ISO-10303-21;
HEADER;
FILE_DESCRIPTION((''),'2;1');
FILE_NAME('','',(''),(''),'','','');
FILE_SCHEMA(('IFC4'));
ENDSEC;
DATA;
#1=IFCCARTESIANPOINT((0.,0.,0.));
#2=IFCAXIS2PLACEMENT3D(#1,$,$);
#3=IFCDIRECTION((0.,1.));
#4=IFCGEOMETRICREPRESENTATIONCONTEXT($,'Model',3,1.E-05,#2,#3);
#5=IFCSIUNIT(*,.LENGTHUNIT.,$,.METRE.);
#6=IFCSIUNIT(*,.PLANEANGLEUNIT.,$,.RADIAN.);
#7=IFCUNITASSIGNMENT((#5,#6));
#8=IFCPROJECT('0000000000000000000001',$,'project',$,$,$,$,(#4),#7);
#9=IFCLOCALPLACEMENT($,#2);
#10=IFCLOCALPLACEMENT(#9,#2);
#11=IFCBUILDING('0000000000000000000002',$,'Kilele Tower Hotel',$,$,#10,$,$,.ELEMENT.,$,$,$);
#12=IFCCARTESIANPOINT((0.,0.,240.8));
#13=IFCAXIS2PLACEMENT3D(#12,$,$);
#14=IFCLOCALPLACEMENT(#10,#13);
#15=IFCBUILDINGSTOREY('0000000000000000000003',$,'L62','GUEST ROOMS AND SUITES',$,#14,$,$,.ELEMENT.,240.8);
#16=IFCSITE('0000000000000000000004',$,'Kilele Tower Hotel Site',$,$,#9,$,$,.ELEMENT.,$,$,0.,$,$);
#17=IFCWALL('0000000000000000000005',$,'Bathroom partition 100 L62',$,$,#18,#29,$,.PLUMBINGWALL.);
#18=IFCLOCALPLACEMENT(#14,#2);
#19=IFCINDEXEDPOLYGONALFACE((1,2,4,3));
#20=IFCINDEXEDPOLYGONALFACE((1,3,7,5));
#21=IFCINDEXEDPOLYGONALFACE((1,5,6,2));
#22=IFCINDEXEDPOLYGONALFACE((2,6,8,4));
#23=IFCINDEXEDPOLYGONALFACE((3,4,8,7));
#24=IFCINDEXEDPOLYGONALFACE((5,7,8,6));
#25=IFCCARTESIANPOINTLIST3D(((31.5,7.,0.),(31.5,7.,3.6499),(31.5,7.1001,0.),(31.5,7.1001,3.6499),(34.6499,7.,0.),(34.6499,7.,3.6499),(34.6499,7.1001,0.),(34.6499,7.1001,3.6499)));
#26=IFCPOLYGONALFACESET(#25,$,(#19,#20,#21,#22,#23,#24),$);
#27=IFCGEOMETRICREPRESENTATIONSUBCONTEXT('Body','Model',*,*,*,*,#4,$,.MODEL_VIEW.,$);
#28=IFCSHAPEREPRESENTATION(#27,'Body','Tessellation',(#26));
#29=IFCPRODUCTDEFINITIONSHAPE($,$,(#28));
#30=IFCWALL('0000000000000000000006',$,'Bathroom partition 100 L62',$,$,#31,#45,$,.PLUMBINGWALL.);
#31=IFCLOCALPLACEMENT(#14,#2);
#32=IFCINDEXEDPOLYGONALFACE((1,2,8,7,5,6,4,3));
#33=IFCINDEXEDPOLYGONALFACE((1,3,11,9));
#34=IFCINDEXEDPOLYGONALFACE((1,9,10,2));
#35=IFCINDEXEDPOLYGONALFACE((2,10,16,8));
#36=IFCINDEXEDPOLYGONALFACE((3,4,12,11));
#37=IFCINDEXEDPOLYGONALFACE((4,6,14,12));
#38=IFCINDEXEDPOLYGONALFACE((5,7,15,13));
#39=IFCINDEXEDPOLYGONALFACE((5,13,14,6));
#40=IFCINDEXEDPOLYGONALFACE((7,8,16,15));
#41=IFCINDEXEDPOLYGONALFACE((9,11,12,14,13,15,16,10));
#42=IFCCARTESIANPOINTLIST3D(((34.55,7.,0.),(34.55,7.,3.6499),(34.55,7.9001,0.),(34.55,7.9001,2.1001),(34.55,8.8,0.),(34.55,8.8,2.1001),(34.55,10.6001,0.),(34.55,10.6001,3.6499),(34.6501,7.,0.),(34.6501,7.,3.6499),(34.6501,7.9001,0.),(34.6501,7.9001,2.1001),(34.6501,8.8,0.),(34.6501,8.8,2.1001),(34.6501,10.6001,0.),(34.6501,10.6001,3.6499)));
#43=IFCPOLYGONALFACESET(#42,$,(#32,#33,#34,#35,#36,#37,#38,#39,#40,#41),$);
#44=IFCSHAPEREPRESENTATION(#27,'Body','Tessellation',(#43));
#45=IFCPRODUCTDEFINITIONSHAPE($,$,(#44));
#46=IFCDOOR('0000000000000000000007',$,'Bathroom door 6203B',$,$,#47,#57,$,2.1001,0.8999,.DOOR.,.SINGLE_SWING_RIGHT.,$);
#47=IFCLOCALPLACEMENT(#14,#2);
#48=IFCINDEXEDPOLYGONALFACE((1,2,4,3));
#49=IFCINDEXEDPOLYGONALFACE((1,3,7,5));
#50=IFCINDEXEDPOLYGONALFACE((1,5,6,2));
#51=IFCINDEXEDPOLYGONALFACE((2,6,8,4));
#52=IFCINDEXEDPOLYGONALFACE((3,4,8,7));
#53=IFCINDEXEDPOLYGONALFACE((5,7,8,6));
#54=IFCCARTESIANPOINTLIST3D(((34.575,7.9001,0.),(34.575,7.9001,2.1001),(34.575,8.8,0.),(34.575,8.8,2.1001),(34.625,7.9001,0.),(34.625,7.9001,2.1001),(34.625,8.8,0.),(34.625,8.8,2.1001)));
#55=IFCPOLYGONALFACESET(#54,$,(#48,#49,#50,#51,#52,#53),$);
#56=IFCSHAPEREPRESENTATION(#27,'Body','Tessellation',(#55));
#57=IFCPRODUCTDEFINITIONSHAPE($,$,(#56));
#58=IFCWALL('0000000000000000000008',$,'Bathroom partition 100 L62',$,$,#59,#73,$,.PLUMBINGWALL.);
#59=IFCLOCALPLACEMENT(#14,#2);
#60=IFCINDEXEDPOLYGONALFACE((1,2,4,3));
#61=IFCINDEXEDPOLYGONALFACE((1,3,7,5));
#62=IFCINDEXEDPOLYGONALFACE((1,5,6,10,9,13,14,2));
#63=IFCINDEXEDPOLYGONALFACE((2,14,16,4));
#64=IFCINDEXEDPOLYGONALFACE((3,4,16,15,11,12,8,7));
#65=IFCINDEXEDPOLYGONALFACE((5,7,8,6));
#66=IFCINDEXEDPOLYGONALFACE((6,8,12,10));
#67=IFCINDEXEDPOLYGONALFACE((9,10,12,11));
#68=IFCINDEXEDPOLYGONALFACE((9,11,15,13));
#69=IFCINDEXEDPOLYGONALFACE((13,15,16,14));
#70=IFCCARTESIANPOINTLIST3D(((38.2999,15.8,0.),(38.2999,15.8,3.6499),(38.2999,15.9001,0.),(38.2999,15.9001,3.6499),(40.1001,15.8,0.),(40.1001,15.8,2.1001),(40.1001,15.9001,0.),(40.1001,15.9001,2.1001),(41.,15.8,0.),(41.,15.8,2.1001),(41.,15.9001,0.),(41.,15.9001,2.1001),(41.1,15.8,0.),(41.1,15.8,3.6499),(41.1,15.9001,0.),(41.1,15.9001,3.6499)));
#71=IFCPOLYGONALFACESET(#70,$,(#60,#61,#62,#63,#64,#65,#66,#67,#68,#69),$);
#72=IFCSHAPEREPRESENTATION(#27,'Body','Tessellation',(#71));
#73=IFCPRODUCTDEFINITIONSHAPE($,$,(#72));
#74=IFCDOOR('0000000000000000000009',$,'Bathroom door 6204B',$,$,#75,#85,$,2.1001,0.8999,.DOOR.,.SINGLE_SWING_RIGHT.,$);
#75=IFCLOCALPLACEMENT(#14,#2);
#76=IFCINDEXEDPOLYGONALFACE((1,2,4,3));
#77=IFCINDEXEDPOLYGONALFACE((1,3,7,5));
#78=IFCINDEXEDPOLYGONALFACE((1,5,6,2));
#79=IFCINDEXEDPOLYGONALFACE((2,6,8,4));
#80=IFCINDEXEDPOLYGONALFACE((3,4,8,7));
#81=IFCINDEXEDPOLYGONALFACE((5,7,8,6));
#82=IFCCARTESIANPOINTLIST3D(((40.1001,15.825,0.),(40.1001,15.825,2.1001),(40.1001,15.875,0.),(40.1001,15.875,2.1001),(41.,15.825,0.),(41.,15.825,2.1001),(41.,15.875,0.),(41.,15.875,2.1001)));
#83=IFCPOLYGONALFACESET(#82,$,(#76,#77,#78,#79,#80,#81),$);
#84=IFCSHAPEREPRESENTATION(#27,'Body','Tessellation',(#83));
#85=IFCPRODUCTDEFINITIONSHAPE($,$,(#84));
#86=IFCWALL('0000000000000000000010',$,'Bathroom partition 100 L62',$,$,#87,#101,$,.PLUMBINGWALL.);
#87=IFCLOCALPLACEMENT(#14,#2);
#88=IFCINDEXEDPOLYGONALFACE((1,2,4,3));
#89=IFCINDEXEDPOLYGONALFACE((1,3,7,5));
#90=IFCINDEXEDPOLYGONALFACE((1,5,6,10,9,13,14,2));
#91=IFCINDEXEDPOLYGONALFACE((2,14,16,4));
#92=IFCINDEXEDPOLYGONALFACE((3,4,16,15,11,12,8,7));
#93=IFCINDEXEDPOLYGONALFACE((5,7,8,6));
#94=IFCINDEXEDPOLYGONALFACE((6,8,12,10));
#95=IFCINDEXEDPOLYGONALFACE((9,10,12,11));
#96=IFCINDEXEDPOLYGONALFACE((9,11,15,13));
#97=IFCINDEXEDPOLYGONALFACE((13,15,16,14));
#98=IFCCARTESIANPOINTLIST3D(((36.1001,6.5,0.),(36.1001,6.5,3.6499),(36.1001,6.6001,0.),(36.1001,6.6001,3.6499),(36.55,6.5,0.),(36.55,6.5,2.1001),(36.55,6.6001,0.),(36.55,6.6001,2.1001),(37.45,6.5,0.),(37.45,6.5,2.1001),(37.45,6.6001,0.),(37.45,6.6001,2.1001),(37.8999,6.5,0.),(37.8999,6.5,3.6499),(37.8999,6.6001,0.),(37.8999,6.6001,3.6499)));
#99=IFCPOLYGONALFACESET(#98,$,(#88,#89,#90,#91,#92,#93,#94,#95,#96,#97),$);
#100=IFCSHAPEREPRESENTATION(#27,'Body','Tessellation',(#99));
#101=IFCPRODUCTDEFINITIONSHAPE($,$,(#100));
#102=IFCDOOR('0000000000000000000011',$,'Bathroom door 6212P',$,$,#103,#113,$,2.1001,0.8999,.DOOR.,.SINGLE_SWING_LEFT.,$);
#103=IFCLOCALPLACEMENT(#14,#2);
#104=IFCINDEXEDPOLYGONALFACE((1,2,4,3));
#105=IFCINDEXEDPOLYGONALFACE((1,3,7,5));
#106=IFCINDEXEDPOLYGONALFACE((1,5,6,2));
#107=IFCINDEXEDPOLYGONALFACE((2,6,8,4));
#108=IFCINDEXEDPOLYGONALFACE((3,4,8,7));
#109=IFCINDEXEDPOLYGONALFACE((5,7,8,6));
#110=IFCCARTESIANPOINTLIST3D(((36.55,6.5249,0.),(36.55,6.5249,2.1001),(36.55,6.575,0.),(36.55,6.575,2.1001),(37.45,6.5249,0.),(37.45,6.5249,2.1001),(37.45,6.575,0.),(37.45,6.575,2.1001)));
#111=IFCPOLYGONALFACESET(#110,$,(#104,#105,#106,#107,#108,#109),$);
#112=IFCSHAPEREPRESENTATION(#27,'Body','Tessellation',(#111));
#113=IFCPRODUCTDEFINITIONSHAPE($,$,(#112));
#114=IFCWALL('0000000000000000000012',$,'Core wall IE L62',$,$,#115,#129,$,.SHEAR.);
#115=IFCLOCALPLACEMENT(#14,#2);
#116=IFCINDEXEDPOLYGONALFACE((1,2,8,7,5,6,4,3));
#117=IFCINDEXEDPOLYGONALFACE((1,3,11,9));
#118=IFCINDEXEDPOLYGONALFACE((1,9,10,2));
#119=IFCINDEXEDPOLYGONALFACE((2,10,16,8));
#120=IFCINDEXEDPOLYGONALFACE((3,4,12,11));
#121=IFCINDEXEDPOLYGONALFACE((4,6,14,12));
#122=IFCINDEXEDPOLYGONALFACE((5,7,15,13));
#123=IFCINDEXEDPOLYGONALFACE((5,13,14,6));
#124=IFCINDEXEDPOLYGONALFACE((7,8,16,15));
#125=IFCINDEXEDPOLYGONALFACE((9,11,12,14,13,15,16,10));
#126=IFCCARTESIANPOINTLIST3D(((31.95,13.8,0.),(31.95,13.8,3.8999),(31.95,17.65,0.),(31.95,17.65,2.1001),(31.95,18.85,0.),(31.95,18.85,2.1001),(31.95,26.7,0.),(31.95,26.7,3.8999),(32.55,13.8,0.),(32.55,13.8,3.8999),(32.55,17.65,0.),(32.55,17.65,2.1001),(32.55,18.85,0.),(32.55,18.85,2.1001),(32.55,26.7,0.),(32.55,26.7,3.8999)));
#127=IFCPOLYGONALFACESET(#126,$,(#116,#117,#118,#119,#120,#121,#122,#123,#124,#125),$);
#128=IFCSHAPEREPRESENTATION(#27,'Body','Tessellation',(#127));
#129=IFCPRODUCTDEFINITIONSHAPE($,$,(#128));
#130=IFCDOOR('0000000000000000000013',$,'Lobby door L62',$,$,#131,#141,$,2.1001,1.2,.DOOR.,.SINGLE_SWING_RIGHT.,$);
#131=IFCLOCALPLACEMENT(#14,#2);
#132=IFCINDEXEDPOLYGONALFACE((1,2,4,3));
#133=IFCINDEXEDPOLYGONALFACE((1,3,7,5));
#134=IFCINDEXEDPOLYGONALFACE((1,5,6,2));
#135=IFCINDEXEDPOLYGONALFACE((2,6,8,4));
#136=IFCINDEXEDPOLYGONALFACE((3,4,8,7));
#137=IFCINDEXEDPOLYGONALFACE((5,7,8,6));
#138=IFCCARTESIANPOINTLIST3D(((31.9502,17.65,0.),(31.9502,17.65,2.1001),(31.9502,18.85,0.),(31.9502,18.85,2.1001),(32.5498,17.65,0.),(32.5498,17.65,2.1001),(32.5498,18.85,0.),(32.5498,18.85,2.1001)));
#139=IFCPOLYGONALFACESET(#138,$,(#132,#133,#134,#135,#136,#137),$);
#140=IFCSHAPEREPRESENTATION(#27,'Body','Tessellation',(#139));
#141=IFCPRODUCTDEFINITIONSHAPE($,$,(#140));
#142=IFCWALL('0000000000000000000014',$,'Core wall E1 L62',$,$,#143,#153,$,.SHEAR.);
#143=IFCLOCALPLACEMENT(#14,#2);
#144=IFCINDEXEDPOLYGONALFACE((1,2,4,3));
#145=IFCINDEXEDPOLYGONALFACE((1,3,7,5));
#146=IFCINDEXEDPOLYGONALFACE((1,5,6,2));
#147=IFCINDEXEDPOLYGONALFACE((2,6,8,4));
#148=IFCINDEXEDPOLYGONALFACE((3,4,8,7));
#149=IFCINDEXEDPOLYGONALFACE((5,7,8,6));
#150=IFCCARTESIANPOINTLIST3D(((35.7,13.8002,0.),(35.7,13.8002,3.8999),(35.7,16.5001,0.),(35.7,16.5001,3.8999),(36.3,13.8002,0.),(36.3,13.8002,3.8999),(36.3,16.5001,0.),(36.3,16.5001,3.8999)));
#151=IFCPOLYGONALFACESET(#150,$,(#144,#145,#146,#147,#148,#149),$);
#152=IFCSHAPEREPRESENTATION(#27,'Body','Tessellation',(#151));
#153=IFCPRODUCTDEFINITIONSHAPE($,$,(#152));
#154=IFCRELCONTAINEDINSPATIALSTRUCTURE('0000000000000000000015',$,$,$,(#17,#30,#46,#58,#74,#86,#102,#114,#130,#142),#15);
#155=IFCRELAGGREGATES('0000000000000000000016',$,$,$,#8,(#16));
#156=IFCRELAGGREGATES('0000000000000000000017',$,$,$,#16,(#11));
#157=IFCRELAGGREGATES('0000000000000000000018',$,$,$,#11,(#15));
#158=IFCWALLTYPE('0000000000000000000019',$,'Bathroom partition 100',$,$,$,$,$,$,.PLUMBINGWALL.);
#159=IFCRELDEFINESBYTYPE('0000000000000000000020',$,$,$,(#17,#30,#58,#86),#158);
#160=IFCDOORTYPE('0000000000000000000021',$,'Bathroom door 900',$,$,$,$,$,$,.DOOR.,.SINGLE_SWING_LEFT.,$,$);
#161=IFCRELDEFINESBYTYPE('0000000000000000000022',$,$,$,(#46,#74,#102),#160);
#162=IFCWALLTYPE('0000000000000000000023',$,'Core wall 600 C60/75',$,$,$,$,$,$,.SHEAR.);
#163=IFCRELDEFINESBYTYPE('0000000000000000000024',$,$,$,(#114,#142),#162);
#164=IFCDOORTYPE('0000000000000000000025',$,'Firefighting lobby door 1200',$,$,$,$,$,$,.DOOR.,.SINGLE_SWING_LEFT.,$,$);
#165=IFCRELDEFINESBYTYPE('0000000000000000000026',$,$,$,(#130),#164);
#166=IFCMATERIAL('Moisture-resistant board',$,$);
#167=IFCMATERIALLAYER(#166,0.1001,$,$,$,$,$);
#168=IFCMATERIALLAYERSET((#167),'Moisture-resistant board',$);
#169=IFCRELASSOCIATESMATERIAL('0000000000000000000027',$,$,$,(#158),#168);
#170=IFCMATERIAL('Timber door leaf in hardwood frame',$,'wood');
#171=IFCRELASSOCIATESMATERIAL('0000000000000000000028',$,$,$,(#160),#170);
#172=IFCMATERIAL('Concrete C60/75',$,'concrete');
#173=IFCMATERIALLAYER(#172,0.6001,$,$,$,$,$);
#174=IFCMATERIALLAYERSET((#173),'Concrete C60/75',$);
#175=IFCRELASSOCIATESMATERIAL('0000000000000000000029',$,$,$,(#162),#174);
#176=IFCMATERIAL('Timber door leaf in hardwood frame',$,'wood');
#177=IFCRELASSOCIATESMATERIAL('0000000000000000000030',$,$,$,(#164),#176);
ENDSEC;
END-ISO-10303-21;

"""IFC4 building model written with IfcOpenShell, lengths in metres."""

from ifc_helpers import new_model, si_unit, direction, frame, frame_2d, origin, place, context, subcontext, project, spatial, rectangle, extrude, material, layer, layer_set, type_object, element, fill, save


model = new_model("IFC4")

# Units and contexts
model_context = context("Model", 3, precision=1e-05, world=origin(), true_north=direction((0.0, 1.0)))
body_context = subcontext(model_context, "Body", "Model", "MODEL_VIEW")
ifc_project = project(units=[si_unit("LENGTHUNIT", "METRE"), si_unit("PLANEANGLEUNIT", "RADIAN")], contexts=[model_context])

# Site, building, storey
site_placement = place(None, origin())
site = spatial("IfcSite", under=ifc_project, at=site_placement, Name="Kilele Tower Hotel Site", CompositionType="ELEMENT", RefElevation=0.0)
building_placement = place(site_placement, origin())
building = spatial("IfcBuilding", under=site, at=building_placement, Name="Kilele Tower Hotel", CompositionType="ELEMENT")
storey_placement = place(building_placement, frame((0.0, 0.0, 240.8)))
storey = spatial("IfcBuildingStorey", under=building, at=storey_placement, Name="L62", Description="GUEST ROOMS AND SUITES", CompositionType="ELEMENT", Elevation=240.8)

# Wall
ifc_material_1 = material(Name="Moisture-resistant board")
ifc_layer_1 = layer(ifc_material_1, 0.1001)
ifc_layer_set_1 = layer_set([ifc_layer_1], Name="Moisture-resistant board")
wall_type_1 = type_object("IfcWallType", Name="Bathroom partition 100", PredefinedType="PLUMBINGWALL", material=ifc_layer_set_1)
wall_1_placement = place(storey_placement, frame((31.5, 7.05, 0.0), z_axis=(0.0, 0.0, 1.0), x_axis=(1.0, 0.0, 0.0)))
element("IfcWall", 1, at=wall_1_placement, inside=storey, type_object=wall_type_1, Name="Bathroom partition 100 L62", PredefinedType="PLUMBINGWALL", context=body_context, shape_type="SweptSolid", body=[
    extrude(rectangle(XDim=3.1499, YDim=0.1001, at=frame_2d((1.575, 0.0))), origin(), (0.0, 0.0, 1.0), 3.6499),
])

# Walls, openings, doors
wall_2_placement = place(storey_placement, frame((34.6001, 10.6001, 0.0), z_axis=(0.0, 0.0, 1.0), x_axis=(0.0, -1.0, 0.0)))
wall_2 = element("IfcWall", 2, at=wall_2_placement, inside=storey, type_object=wall_type_1, Name="Bathroom partition 100 L62", PredefinedType="PLUMBINGWALL", context=body_context, shape_type="SweptSolid", body=[
    extrude(rectangle(XDim=3.6001, YDim=0.1001, at=frame_2d((1.8, 0.0))), origin(), (0.0, 0.0, 1.0), 3.6499),
])
opening_1_placement = place(wall_2_placement, frame((1.8, 0.0, 0.0)))
opening_1 = element("IfcOpeningElement", 3, at=opening_1_placement, cuts=wall_2, PredefinedType="OPENING", context=body_context, shape_type="SweptSolid", body=[
    extrude(rectangle(XDim=0.8999, YDim=2.1001, at=frame_2d((0.45, 1.05))), frame((0.0, 0.0601, 0.0), z_axis=(0.0, -1.0, 0.0), x_axis=(1.0, 0.0, 0.0)), (0.0, 0.0, 1.0), 0.1201),
])
ifc_material_2 = material(Name="Timber door leaf in hardwood frame", Category="wood")
door_type_1 = type_object("IfcDoorType", Name="Bathroom door 900", OperationType="SINGLE_SWING_LEFT", PredefinedType="DOOR", material=ifc_material_2)
door_1_placement = place(opening_1_placement, origin())
door_1 = element("IfcDoor", 4, at=door_1_placement, inside=storey, type_object=door_type_1, Name="Bathroom door 6203B", OperationType="SINGLE_SWING_RIGHT", OverallHeight=2.1001, OverallWidth=0.8999, PredefinedType="DOOR", context=body_context, shape_type="SweptSolid", body=[
    extrude(rectangle(XDim=0.8999, YDim=2.1001, at=frame_2d((0.45, 1.05))), frame((0.0, 0.0249, 0.0), z_axis=(0.0, -1.0, 0.0), x_axis=(1.0, 0.0, 0.0)), (0.0, 0.0, 1.0), 0.05),
])
fill(opening_1, door_1)
wall_3_placement = place(storey_placement, frame((38.3, 15.8501, 0.0), z_axis=(0.0, 0.0, 1.0), x_axis=(1.0, 0.0, 0.0)))
wall_3 = element("IfcWall", 5, at=wall_3_placement, inside=storey, type_object=wall_type_1, Name="Bathroom partition 100 L62", PredefinedType="PLUMBINGWALL", context=body_context, shape_type="SweptSolid", body=[
    extrude(rectangle(XDim=2.8, YDim=0.1001, at=frame_2d((1.3999, 0.0))), origin(), (0.0, 0.0, 1.0), 3.6499),
])
opening_2_placement = place(wall_3_placement, frame((1.8, 0.0, 0.0)))
opening_2 = element("IfcOpeningElement", 6, at=opening_2_placement, cuts=wall_3, PredefinedType="OPENING", context=body_context, shape_type="SweptSolid", body=[
    extrude(rectangle(XDim=0.8999, YDim=2.1001, at=frame_2d((0.45, 1.05))), frame((0.0, 0.0601, 0.0), z_axis=(0.0, -1.0, 0.0), x_axis=(1.0, 0.0, 0.0)), (0.0, 0.0, 1.0), 0.1201),
])
door_2_placement = place(opening_2_placement, origin())
door_2 = element("IfcDoor", 7, at=door_2_placement, inside=storey, type_object=door_type_1, Name="Bathroom door 6204B", OperationType="SINGLE_SWING_RIGHT", OverallHeight=2.1001, OverallWidth=0.8999, PredefinedType="DOOR", context=body_context, shape_type="SweptSolid", body=[
    extrude(rectangle(XDim=0.8999, YDim=2.1001, at=frame_2d((0.45, 1.05))), frame((0.0, 0.0249, 0.0), z_axis=(0.0, -1.0, 0.0), x_axis=(1.0, 0.0, 0.0)), (0.0, 0.0, 1.0), 0.05),
])
fill(opening_2, door_2)
wall_4_placement = place(storey_placement, frame((36.1001, 6.55, 0.0), z_axis=(0.0, 0.0, 1.0), x_axis=(1.0, 0.0, 0.0)))
wall_4 = element("IfcWall", 8, at=wall_4_placement, inside=storey, type_object=wall_type_1, Name="Bathroom partition 100 L62", PredefinedType="PLUMBINGWALL", context=body_context, shape_type="SweptSolid", body=[
    extrude(rectangle(XDim=1.7998, YDim=0.1001, at=frame_2d((0.8999, 0.0))), origin(), (0.0, 0.0, 1.0), 3.6499),
])
opening_3_placement = place(wall_4_placement, frame((0.45, 0.0, 0.0)))
opening_3 = element("IfcOpeningElement", 9, at=opening_3_placement, cuts=wall_4, PredefinedType="OPENING", context=body_context, shape_type="SweptSolid", body=[
    extrude(rectangle(XDim=0.8999, YDim=2.1001, at=frame_2d((0.45, 1.05))), frame((0.0, 0.0601, 0.0), z_axis=(0.0, -1.0, 0.0), x_axis=(1.0, 0.0, 0.0)), (0.0, 0.0, 1.0), 0.1201),
])
door_3_placement = place(opening_3_placement, origin())
door_3 = element("IfcDoor", 10, at=door_3_placement, inside=storey, type_object=door_type_1, Name="Bathroom door 6212P", OperationType="SINGLE_SWING_LEFT", OverallHeight=2.1001, OverallWidth=0.8999, PredefinedType="DOOR", context=body_context, shape_type="SweptSolid", body=[
    extrude(rectangle(XDim=0.8999, YDim=2.1001, at=frame_2d((0.45, 1.05))), frame((0.0, 0.0249, 0.0), z_axis=(0.0, -1.0, 0.0), x_axis=(1.0, 0.0, 0.0)), (0.0, 0.0, 1.0), 0.05),
])
fill(opening_3, door_3)
ifc_material_3 = material(Name="Concrete C60/75", Category="concrete")
ifc_layer_2 = layer(ifc_material_3, 0.6001)
ifc_layer_set_2 = layer_set([ifc_layer_2], Name="Concrete C60/75")
wall_type_2 = type_object("IfcWallType", Name="Core wall 600 C60/75", PredefinedType="SHEAR", material=ifc_layer_set_2)
wall_5_placement = place(storey_placement, frame((32.25, 13.8, 0.0), z_axis=(0.0, 0.0, 1.0), x_axis=(0.0, 1.0, 0.0)))
wall_5 = element("IfcWall", 11, at=wall_5_placement, inside=storey, type_object=wall_type_2, Name="Core wall IE L62", PredefinedType="SHEAR", context=body_context, shape_type="SweptSolid", body=[
    extrude(rectangle(XDim=12.8999, YDim=0.6001, at=frame_2d((6.45, 0.0))), origin(), (0.0, 0.0, 1.0), 3.8999),
])
opening_4_placement = place(wall_5_placement, frame((5.05, 0.0, 0.0), z_axis=(0.0, 0.0, 1.0), x_axis=(-1.0, 0.0, 0.0)))
opening_4 = element("IfcOpeningElement", 12, at=opening_4_placement, cuts=wall_5, PredefinedType="OPENING", context=body_context, shape_type="SweptSolid", body=[
    extrude(rectangle(XDim=1.2, YDim=2.1001, at=frame_2d((0.6001, 1.05))), frame((0.0, 0.3101, 0.0), z_axis=(0.0, -1.0, 0.0), x_axis=(1.0, 0.0, 0.0)), (0.0, 0.0, 1.0), 0.6201),
])
ifc_material_4 = material(Name="Timber door leaf in hardwood frame", Category="wood")
door_type_2 = type_object("IfcDoorType", Name="Firefighting lobby door 1200", OperationType="SINGLE_SWING_LEFT", PredefinedType="DOOR", material=ifc_material_4)
door_4_placement = place(opening_4_placement, origin())
door_4 = element("IfcDoor", 13, at=door_4_placement, inside=storey, type_object=door_type_2, Name="Lobby door L62", OperationType="SINGLE_SWING_RIGHT", OverallHeight=2.1001, OverallWidth=1.2, PredefinedType="DOOR", context=body_context, shape_type="SweptSolid", body=[
    extrude(rectangle(XDim=1.2, YDim=2.1001, at=frame_2d((0.6001, 1.05))), frame((0.0, 0.2998, 0.0), z_axis=(0.0, -1.0, 0.0), x_axis=(1.0, 0.0, 0.0)), (0.0, 0.0, 1.0), 0.5996),
])
fill(opening_4, door_4)

# Wall
wall_6_placement = place(storey_placement, frame((36.0, 13.8, 0.0), z_axis=(0.0, 0.0, 1.0), x_axis=(0.0, 1.0, 0.0)))
element("IfcWall", 14, at=wall_6_placement, inside=storey, type_object=wall_type_2, Name="Core wall E1 L62", PredefinedType="SHEAR", context=body_context, shape_type="SweptSolid", body=[
    extrude(rectangle(XDim=2.7, YDim=0.6001, at=frame_2d((1.3501, 0.0))), origin(), (0.0, 0.0, 1.0), 3.8999),
])

save(model, "model.ifc")
